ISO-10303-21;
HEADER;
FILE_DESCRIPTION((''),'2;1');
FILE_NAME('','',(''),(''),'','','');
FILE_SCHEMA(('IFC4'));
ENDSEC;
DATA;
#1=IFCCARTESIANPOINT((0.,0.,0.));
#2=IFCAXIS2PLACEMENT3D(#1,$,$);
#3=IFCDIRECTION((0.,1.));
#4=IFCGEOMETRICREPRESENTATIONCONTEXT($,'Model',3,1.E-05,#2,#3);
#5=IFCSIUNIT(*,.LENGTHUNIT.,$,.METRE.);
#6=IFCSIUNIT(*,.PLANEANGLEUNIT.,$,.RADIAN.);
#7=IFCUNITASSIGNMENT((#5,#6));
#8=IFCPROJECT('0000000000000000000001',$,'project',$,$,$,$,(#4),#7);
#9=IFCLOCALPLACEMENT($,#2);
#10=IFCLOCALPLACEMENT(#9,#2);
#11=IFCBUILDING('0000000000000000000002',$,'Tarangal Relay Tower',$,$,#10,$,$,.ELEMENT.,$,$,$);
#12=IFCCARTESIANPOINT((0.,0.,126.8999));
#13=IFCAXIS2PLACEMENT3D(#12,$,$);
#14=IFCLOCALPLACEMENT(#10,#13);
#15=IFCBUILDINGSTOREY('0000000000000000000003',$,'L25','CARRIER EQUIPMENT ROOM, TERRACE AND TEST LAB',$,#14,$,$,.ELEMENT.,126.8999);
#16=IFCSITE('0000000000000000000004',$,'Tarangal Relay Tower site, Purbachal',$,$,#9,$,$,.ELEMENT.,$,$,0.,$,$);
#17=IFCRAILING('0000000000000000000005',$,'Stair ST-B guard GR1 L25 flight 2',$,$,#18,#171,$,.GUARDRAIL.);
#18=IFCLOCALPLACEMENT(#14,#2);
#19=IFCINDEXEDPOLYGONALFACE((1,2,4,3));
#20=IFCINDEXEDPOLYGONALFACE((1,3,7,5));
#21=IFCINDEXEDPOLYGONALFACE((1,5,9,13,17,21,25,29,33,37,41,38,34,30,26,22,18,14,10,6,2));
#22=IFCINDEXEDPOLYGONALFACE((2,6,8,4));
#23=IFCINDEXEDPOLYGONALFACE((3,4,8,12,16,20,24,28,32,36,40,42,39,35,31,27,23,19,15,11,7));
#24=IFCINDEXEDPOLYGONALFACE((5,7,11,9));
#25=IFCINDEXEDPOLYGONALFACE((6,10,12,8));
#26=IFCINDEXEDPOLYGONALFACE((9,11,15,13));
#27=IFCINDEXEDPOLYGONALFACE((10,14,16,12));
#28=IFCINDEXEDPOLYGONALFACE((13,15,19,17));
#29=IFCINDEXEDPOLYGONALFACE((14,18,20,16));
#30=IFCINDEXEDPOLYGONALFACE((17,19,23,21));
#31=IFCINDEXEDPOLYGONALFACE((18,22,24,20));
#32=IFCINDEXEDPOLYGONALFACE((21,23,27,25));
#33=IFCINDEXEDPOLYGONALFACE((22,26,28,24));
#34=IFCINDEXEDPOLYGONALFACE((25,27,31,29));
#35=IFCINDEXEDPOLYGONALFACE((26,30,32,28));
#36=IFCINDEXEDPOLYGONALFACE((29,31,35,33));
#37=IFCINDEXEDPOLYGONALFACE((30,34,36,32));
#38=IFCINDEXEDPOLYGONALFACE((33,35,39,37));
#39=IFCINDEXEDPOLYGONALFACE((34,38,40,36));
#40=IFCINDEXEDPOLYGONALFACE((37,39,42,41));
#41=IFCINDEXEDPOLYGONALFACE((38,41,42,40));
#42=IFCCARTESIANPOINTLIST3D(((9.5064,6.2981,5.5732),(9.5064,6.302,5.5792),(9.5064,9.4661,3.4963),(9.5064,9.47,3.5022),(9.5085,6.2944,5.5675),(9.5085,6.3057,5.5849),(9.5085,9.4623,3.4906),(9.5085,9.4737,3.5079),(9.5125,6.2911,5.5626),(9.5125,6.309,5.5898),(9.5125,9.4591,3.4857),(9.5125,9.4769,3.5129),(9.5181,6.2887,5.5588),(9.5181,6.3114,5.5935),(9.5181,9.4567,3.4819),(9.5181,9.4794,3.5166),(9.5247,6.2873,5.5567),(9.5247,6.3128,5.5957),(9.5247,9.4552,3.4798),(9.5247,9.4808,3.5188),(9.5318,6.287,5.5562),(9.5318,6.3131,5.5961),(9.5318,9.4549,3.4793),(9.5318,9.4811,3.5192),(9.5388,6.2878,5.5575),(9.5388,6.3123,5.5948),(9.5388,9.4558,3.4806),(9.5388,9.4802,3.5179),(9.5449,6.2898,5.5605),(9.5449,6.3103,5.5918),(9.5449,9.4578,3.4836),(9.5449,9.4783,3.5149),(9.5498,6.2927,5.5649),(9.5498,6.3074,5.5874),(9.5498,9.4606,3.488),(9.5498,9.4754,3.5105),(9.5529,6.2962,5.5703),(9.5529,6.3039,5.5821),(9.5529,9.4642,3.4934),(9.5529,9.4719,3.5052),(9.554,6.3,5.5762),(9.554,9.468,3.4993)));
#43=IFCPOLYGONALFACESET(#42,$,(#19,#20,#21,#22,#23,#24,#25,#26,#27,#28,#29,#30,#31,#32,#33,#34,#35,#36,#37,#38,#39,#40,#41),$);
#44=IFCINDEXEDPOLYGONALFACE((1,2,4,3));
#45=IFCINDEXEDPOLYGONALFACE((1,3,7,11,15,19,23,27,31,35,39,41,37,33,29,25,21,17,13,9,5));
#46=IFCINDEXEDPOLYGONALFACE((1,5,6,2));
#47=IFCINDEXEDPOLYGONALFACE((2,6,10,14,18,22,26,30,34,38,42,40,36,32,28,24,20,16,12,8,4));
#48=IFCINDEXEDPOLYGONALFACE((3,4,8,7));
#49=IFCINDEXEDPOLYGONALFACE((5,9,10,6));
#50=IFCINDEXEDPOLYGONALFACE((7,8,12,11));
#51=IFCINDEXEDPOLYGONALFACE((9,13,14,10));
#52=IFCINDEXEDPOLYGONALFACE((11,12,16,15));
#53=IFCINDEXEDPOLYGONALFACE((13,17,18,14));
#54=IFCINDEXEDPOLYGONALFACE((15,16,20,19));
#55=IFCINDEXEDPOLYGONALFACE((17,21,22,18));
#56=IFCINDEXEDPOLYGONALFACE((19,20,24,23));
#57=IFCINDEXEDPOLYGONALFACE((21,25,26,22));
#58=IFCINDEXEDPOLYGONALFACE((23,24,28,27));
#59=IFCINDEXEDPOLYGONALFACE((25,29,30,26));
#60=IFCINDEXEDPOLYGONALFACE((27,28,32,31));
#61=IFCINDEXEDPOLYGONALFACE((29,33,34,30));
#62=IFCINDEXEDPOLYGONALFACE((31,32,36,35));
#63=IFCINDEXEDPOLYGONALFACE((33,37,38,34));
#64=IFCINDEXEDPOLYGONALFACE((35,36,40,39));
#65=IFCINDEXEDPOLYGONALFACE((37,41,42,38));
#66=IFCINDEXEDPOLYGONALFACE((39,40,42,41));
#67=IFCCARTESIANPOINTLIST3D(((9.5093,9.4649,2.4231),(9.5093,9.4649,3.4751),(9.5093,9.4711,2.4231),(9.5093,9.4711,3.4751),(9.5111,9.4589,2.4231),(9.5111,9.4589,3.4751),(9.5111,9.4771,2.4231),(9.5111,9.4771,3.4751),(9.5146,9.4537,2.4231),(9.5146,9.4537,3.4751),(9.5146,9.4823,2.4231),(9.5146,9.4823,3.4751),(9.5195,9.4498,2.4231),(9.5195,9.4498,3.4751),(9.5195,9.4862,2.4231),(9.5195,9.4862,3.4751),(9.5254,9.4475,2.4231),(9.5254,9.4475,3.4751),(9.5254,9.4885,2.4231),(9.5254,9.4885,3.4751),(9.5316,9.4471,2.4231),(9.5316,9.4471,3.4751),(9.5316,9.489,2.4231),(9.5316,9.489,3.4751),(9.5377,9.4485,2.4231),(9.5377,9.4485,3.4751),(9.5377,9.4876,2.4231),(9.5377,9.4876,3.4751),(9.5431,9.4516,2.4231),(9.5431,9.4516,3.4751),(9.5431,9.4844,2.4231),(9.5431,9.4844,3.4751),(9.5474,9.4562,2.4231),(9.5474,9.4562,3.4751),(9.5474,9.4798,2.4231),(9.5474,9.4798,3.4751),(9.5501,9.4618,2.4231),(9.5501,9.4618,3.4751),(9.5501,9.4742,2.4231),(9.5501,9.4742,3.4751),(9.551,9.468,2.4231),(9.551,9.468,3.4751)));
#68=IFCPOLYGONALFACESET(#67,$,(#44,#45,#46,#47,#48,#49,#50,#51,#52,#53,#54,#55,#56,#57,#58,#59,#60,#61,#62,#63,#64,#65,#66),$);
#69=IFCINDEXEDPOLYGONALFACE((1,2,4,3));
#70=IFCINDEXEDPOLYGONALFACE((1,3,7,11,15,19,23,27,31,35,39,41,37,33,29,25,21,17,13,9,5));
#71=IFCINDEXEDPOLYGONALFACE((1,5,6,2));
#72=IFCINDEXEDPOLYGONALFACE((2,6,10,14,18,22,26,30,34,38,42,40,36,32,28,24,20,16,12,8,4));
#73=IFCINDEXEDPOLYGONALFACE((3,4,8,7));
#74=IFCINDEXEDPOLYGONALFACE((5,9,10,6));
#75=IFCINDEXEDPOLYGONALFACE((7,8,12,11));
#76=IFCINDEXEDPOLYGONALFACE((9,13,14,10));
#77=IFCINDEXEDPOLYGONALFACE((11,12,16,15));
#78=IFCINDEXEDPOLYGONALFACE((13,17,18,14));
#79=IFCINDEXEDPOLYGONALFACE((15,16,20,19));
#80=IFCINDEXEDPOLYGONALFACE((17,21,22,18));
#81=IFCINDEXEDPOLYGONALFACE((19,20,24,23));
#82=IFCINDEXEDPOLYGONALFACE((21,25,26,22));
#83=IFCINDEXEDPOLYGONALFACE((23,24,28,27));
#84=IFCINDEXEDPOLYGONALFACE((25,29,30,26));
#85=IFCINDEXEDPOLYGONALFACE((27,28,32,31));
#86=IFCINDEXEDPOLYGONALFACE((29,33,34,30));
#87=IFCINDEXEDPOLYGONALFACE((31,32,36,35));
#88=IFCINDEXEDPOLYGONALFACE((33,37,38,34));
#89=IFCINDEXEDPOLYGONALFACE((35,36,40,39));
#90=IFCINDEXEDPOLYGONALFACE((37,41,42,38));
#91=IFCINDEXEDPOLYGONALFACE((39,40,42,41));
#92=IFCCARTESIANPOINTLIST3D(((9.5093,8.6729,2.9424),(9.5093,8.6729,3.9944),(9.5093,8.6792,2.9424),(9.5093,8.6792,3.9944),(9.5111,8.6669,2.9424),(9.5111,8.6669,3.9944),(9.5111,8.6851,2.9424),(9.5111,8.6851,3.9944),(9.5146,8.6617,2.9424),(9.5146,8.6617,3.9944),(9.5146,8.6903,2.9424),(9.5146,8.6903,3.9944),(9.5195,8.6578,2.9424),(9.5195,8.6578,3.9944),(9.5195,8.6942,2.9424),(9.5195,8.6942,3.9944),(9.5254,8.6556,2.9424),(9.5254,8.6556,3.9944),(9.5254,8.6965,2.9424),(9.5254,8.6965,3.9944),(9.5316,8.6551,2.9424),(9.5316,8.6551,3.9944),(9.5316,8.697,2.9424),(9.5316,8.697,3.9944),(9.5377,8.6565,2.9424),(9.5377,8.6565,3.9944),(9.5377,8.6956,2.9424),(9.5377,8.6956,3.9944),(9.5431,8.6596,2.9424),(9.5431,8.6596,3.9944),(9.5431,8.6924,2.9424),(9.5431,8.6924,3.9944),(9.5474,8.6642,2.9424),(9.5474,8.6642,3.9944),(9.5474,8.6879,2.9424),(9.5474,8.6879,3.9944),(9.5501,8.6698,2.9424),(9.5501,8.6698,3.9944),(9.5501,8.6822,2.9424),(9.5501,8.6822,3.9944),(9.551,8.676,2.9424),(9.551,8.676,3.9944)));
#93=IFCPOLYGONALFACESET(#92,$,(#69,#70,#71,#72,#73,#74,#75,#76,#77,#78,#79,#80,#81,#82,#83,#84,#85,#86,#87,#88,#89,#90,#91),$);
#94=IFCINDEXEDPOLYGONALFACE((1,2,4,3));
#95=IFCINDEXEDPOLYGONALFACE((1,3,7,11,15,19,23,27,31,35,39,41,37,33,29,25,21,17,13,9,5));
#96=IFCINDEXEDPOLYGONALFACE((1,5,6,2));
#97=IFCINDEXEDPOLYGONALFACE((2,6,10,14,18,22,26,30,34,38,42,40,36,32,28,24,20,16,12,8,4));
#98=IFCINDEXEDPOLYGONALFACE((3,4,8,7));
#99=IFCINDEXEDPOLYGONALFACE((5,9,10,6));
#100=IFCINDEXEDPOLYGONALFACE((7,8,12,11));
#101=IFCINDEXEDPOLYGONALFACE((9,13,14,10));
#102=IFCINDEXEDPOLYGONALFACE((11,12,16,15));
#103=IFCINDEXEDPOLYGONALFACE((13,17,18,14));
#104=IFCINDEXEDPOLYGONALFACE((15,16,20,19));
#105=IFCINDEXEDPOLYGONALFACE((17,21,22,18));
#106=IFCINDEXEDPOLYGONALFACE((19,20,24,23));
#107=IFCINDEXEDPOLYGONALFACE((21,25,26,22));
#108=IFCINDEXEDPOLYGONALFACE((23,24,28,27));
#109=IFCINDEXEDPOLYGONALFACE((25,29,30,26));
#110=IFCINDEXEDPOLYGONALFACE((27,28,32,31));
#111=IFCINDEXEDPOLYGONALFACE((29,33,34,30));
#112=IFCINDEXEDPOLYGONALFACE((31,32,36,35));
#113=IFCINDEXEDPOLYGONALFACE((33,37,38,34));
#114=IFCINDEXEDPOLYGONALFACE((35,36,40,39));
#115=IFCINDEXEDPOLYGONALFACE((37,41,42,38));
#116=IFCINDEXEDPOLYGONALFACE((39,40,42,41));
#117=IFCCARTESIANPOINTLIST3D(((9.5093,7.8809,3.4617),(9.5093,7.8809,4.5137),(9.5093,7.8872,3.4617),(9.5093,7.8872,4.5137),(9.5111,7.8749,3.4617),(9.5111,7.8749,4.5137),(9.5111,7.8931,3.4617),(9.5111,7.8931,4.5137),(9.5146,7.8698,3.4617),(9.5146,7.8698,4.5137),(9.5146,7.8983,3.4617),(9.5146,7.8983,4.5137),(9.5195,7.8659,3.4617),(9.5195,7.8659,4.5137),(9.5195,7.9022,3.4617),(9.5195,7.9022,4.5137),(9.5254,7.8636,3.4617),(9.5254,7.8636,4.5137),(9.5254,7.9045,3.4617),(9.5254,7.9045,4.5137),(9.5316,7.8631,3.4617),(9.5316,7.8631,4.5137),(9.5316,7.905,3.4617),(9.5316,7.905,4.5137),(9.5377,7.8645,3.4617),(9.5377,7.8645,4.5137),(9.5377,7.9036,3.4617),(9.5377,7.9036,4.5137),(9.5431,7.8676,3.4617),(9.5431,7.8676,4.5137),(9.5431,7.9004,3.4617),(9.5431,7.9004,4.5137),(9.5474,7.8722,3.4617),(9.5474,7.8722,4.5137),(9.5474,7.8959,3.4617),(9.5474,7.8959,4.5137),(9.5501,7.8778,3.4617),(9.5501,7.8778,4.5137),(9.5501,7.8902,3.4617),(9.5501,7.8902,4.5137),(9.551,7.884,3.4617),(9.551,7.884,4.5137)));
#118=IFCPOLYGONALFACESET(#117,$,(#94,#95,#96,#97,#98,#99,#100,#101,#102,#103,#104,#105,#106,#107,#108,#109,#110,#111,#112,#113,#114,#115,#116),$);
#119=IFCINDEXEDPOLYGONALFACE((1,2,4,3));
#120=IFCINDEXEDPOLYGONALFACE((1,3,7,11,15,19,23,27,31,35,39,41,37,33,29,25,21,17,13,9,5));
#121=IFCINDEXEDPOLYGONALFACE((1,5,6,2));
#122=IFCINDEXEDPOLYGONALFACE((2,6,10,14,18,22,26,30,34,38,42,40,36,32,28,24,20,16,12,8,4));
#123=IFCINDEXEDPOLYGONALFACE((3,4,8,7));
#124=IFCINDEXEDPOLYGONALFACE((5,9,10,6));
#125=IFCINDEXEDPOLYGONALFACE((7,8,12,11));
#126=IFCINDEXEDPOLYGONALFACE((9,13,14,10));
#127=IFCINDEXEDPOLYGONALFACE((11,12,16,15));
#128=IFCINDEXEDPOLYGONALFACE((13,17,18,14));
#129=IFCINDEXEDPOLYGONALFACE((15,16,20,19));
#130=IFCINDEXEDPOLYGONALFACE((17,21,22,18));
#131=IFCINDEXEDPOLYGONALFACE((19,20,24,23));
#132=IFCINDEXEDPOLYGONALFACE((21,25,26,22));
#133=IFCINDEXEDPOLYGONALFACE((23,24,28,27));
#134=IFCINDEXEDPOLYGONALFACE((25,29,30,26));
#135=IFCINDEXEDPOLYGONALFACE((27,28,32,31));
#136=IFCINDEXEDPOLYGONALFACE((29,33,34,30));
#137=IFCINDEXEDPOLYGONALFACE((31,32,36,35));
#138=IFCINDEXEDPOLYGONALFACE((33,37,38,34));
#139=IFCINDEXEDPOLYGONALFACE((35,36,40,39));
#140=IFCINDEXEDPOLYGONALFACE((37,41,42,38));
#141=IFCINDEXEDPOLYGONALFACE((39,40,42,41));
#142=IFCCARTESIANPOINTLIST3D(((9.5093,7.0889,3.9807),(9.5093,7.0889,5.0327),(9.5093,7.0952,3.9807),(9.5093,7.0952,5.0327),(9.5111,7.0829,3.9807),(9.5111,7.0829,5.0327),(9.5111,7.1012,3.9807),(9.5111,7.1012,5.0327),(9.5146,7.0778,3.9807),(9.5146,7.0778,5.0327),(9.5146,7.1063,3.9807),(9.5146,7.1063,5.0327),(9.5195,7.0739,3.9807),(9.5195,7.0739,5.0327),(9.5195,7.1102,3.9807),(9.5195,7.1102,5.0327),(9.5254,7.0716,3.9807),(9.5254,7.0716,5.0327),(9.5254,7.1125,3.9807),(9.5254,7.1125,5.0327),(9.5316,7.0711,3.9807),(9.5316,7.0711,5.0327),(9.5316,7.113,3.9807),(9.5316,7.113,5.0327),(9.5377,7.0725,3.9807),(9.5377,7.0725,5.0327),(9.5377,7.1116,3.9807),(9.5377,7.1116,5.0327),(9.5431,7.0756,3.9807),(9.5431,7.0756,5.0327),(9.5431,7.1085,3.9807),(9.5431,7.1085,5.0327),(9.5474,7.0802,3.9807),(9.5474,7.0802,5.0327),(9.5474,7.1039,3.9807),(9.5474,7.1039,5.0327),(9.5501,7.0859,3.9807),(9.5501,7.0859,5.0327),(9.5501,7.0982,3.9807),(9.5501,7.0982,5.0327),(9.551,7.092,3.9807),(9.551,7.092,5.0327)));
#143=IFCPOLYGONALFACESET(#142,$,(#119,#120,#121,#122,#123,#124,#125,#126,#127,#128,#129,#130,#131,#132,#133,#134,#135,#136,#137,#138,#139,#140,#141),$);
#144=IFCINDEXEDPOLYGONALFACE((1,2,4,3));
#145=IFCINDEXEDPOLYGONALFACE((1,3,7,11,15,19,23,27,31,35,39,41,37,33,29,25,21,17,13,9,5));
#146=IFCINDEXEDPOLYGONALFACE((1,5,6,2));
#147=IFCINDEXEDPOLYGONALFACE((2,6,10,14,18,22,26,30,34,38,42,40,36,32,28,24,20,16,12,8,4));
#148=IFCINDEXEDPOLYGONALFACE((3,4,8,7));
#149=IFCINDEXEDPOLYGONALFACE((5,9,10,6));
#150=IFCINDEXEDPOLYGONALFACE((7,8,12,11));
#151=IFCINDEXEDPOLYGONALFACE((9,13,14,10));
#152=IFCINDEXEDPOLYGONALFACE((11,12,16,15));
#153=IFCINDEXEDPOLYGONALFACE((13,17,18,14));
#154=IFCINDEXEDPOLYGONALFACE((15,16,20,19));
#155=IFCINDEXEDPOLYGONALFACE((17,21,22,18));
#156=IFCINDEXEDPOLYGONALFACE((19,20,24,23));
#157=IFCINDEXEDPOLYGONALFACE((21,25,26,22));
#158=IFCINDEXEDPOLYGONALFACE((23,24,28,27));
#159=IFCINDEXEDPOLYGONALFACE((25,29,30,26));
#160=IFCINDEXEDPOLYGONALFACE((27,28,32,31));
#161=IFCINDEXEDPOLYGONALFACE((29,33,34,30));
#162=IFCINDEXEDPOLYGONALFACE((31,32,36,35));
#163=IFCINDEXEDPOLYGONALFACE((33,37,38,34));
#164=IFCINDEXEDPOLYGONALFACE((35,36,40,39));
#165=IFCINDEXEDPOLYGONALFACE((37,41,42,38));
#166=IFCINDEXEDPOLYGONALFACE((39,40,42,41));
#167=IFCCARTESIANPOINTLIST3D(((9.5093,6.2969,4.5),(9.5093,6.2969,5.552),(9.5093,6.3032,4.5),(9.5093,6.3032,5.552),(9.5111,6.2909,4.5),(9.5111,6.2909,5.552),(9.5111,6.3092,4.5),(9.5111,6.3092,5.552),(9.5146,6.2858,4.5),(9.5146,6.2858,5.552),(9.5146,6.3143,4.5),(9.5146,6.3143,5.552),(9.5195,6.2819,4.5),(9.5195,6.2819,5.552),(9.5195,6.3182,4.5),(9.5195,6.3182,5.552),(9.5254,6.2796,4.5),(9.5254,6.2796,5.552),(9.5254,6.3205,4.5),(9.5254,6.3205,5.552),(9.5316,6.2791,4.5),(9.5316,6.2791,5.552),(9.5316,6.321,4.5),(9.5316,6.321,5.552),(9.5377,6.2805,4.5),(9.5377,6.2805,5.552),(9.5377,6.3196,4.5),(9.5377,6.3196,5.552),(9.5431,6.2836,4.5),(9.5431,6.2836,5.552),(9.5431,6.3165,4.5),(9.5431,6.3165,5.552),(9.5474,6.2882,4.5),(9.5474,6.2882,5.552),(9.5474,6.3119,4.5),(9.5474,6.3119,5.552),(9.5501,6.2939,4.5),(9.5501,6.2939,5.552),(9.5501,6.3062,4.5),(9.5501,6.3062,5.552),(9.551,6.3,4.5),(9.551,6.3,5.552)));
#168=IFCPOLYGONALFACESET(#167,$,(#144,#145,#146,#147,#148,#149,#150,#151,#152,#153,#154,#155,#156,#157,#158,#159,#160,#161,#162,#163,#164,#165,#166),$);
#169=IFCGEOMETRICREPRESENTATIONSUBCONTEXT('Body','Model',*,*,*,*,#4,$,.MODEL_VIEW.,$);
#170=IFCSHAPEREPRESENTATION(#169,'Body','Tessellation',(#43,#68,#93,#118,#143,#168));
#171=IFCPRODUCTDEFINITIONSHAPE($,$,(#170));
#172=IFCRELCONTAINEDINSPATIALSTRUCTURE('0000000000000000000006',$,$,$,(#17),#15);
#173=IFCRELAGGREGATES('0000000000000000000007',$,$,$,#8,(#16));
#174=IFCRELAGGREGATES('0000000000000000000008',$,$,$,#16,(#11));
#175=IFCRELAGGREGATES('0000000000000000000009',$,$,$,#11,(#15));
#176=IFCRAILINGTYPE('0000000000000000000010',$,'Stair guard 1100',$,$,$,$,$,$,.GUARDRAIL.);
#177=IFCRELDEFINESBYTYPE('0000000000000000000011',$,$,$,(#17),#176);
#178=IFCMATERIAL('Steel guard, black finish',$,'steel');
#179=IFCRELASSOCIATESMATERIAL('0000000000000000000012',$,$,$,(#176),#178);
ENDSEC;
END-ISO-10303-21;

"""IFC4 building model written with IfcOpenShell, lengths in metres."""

from ifc_helpers import new_model, si_unit, direction, frame, origin, origin_2d, place, context, subcontext, project, spatial, circle, extrude, material, type_object, element, save


model = new_model("IFC4")

# Units and contexts
model_context = context("Model", 3, precision=1e-05, world=origin(), true_north=direction((0.0, 1.0)))
body_context = subcontext(model_context, "Body", "Model", "MODEL_VIEW")
ifc_project = project(units=[si_unit("LENGTHUNIT", "METRE"), si_unit("PLANEANGLEUNIT", "RADIAN")], contexts=[model_context])

# Site, building, storey
site_placement = place(None, origin())
site = spatial("IfcSite", under=ifc_project, at=site_placement, Name="Tarangal Relay Tower site, Purbachal", CompositionType="ELEMENT", RefElevation=0.0)
building_placement = place(site_placement, origin())
building = spatial("IfcBuilding", under=site, at=building_placement, Name="Tarangal Relay Tower", CompositionType="ELEMENT")
storey_placement = place(building_placement, frame((0.0, 0.0, 126.8999)))
storey = spatial("IfcBuildingStorey", under=building, at=storey_placement, Name="L25", Description="CARRIER EQUIPMENT ROOM, TERRACE AND TEST LAB", CompositionType="ELEMENT", Elevation=126.8999)

# Railing
ifc_material_1 = material(Name="Steel guard, black finish", Category="steel")
railing_type_1 = type_object("IfcRailingType", Name="Stair guard 1100", PredefinedType="GUARDRAIL", material=ifc_material_1)
railing_1_placement = place(storey_placement, frame((9.53, 9.468, 2.4231)))
element("IfcRailing", 1, at=railing_1_placement, inside=storey, type_object=railing_type_1, Name="Stair ST-B guard GR1 L25 flight 2", PredefinedType="GUARDRAIL", context=body_context, shape_type="SweptSolid", body=[
    extrude(circle(Radius=0.0239, at=origin_2d()), frame((0.0, 0.0, 1.0762), z_axis=(0.0, -0.836299, 0.548273), x_axis=(1.0, 0.0, 0.0)), (0.0, 0.0, 1.0), 3.7881),
    extrude(circle(Radius=0.021, at=origin_2d()), origin(), (0.0, 0.0, 1.0), 1.052),
    extrude(circle(Radius=0.021, at=origin_2d()), frame((0.0, -0.792, 0.5193)), (0.0, 0.0, 1.0), 1.052),
    extrude(circle(Radius=0.021, at=origin_2d()), frame((0.0, -1.584, 1.0386)), (0.0, 0.0, 1.0), 1.052),
    extrude(circle(Radius=0.021, at=origin_2d()), frame((0.0, -2.376, 1.5576)), (0.0, 0.0, 1.0), 1.052),
    extrude(circle(Radius=0.021, at=origin_2d()), frame((0.0, -3.168, 2.0769)), (0.0, 0.0, 1.0), 1.052),
])

save(model, "model.ifc")
